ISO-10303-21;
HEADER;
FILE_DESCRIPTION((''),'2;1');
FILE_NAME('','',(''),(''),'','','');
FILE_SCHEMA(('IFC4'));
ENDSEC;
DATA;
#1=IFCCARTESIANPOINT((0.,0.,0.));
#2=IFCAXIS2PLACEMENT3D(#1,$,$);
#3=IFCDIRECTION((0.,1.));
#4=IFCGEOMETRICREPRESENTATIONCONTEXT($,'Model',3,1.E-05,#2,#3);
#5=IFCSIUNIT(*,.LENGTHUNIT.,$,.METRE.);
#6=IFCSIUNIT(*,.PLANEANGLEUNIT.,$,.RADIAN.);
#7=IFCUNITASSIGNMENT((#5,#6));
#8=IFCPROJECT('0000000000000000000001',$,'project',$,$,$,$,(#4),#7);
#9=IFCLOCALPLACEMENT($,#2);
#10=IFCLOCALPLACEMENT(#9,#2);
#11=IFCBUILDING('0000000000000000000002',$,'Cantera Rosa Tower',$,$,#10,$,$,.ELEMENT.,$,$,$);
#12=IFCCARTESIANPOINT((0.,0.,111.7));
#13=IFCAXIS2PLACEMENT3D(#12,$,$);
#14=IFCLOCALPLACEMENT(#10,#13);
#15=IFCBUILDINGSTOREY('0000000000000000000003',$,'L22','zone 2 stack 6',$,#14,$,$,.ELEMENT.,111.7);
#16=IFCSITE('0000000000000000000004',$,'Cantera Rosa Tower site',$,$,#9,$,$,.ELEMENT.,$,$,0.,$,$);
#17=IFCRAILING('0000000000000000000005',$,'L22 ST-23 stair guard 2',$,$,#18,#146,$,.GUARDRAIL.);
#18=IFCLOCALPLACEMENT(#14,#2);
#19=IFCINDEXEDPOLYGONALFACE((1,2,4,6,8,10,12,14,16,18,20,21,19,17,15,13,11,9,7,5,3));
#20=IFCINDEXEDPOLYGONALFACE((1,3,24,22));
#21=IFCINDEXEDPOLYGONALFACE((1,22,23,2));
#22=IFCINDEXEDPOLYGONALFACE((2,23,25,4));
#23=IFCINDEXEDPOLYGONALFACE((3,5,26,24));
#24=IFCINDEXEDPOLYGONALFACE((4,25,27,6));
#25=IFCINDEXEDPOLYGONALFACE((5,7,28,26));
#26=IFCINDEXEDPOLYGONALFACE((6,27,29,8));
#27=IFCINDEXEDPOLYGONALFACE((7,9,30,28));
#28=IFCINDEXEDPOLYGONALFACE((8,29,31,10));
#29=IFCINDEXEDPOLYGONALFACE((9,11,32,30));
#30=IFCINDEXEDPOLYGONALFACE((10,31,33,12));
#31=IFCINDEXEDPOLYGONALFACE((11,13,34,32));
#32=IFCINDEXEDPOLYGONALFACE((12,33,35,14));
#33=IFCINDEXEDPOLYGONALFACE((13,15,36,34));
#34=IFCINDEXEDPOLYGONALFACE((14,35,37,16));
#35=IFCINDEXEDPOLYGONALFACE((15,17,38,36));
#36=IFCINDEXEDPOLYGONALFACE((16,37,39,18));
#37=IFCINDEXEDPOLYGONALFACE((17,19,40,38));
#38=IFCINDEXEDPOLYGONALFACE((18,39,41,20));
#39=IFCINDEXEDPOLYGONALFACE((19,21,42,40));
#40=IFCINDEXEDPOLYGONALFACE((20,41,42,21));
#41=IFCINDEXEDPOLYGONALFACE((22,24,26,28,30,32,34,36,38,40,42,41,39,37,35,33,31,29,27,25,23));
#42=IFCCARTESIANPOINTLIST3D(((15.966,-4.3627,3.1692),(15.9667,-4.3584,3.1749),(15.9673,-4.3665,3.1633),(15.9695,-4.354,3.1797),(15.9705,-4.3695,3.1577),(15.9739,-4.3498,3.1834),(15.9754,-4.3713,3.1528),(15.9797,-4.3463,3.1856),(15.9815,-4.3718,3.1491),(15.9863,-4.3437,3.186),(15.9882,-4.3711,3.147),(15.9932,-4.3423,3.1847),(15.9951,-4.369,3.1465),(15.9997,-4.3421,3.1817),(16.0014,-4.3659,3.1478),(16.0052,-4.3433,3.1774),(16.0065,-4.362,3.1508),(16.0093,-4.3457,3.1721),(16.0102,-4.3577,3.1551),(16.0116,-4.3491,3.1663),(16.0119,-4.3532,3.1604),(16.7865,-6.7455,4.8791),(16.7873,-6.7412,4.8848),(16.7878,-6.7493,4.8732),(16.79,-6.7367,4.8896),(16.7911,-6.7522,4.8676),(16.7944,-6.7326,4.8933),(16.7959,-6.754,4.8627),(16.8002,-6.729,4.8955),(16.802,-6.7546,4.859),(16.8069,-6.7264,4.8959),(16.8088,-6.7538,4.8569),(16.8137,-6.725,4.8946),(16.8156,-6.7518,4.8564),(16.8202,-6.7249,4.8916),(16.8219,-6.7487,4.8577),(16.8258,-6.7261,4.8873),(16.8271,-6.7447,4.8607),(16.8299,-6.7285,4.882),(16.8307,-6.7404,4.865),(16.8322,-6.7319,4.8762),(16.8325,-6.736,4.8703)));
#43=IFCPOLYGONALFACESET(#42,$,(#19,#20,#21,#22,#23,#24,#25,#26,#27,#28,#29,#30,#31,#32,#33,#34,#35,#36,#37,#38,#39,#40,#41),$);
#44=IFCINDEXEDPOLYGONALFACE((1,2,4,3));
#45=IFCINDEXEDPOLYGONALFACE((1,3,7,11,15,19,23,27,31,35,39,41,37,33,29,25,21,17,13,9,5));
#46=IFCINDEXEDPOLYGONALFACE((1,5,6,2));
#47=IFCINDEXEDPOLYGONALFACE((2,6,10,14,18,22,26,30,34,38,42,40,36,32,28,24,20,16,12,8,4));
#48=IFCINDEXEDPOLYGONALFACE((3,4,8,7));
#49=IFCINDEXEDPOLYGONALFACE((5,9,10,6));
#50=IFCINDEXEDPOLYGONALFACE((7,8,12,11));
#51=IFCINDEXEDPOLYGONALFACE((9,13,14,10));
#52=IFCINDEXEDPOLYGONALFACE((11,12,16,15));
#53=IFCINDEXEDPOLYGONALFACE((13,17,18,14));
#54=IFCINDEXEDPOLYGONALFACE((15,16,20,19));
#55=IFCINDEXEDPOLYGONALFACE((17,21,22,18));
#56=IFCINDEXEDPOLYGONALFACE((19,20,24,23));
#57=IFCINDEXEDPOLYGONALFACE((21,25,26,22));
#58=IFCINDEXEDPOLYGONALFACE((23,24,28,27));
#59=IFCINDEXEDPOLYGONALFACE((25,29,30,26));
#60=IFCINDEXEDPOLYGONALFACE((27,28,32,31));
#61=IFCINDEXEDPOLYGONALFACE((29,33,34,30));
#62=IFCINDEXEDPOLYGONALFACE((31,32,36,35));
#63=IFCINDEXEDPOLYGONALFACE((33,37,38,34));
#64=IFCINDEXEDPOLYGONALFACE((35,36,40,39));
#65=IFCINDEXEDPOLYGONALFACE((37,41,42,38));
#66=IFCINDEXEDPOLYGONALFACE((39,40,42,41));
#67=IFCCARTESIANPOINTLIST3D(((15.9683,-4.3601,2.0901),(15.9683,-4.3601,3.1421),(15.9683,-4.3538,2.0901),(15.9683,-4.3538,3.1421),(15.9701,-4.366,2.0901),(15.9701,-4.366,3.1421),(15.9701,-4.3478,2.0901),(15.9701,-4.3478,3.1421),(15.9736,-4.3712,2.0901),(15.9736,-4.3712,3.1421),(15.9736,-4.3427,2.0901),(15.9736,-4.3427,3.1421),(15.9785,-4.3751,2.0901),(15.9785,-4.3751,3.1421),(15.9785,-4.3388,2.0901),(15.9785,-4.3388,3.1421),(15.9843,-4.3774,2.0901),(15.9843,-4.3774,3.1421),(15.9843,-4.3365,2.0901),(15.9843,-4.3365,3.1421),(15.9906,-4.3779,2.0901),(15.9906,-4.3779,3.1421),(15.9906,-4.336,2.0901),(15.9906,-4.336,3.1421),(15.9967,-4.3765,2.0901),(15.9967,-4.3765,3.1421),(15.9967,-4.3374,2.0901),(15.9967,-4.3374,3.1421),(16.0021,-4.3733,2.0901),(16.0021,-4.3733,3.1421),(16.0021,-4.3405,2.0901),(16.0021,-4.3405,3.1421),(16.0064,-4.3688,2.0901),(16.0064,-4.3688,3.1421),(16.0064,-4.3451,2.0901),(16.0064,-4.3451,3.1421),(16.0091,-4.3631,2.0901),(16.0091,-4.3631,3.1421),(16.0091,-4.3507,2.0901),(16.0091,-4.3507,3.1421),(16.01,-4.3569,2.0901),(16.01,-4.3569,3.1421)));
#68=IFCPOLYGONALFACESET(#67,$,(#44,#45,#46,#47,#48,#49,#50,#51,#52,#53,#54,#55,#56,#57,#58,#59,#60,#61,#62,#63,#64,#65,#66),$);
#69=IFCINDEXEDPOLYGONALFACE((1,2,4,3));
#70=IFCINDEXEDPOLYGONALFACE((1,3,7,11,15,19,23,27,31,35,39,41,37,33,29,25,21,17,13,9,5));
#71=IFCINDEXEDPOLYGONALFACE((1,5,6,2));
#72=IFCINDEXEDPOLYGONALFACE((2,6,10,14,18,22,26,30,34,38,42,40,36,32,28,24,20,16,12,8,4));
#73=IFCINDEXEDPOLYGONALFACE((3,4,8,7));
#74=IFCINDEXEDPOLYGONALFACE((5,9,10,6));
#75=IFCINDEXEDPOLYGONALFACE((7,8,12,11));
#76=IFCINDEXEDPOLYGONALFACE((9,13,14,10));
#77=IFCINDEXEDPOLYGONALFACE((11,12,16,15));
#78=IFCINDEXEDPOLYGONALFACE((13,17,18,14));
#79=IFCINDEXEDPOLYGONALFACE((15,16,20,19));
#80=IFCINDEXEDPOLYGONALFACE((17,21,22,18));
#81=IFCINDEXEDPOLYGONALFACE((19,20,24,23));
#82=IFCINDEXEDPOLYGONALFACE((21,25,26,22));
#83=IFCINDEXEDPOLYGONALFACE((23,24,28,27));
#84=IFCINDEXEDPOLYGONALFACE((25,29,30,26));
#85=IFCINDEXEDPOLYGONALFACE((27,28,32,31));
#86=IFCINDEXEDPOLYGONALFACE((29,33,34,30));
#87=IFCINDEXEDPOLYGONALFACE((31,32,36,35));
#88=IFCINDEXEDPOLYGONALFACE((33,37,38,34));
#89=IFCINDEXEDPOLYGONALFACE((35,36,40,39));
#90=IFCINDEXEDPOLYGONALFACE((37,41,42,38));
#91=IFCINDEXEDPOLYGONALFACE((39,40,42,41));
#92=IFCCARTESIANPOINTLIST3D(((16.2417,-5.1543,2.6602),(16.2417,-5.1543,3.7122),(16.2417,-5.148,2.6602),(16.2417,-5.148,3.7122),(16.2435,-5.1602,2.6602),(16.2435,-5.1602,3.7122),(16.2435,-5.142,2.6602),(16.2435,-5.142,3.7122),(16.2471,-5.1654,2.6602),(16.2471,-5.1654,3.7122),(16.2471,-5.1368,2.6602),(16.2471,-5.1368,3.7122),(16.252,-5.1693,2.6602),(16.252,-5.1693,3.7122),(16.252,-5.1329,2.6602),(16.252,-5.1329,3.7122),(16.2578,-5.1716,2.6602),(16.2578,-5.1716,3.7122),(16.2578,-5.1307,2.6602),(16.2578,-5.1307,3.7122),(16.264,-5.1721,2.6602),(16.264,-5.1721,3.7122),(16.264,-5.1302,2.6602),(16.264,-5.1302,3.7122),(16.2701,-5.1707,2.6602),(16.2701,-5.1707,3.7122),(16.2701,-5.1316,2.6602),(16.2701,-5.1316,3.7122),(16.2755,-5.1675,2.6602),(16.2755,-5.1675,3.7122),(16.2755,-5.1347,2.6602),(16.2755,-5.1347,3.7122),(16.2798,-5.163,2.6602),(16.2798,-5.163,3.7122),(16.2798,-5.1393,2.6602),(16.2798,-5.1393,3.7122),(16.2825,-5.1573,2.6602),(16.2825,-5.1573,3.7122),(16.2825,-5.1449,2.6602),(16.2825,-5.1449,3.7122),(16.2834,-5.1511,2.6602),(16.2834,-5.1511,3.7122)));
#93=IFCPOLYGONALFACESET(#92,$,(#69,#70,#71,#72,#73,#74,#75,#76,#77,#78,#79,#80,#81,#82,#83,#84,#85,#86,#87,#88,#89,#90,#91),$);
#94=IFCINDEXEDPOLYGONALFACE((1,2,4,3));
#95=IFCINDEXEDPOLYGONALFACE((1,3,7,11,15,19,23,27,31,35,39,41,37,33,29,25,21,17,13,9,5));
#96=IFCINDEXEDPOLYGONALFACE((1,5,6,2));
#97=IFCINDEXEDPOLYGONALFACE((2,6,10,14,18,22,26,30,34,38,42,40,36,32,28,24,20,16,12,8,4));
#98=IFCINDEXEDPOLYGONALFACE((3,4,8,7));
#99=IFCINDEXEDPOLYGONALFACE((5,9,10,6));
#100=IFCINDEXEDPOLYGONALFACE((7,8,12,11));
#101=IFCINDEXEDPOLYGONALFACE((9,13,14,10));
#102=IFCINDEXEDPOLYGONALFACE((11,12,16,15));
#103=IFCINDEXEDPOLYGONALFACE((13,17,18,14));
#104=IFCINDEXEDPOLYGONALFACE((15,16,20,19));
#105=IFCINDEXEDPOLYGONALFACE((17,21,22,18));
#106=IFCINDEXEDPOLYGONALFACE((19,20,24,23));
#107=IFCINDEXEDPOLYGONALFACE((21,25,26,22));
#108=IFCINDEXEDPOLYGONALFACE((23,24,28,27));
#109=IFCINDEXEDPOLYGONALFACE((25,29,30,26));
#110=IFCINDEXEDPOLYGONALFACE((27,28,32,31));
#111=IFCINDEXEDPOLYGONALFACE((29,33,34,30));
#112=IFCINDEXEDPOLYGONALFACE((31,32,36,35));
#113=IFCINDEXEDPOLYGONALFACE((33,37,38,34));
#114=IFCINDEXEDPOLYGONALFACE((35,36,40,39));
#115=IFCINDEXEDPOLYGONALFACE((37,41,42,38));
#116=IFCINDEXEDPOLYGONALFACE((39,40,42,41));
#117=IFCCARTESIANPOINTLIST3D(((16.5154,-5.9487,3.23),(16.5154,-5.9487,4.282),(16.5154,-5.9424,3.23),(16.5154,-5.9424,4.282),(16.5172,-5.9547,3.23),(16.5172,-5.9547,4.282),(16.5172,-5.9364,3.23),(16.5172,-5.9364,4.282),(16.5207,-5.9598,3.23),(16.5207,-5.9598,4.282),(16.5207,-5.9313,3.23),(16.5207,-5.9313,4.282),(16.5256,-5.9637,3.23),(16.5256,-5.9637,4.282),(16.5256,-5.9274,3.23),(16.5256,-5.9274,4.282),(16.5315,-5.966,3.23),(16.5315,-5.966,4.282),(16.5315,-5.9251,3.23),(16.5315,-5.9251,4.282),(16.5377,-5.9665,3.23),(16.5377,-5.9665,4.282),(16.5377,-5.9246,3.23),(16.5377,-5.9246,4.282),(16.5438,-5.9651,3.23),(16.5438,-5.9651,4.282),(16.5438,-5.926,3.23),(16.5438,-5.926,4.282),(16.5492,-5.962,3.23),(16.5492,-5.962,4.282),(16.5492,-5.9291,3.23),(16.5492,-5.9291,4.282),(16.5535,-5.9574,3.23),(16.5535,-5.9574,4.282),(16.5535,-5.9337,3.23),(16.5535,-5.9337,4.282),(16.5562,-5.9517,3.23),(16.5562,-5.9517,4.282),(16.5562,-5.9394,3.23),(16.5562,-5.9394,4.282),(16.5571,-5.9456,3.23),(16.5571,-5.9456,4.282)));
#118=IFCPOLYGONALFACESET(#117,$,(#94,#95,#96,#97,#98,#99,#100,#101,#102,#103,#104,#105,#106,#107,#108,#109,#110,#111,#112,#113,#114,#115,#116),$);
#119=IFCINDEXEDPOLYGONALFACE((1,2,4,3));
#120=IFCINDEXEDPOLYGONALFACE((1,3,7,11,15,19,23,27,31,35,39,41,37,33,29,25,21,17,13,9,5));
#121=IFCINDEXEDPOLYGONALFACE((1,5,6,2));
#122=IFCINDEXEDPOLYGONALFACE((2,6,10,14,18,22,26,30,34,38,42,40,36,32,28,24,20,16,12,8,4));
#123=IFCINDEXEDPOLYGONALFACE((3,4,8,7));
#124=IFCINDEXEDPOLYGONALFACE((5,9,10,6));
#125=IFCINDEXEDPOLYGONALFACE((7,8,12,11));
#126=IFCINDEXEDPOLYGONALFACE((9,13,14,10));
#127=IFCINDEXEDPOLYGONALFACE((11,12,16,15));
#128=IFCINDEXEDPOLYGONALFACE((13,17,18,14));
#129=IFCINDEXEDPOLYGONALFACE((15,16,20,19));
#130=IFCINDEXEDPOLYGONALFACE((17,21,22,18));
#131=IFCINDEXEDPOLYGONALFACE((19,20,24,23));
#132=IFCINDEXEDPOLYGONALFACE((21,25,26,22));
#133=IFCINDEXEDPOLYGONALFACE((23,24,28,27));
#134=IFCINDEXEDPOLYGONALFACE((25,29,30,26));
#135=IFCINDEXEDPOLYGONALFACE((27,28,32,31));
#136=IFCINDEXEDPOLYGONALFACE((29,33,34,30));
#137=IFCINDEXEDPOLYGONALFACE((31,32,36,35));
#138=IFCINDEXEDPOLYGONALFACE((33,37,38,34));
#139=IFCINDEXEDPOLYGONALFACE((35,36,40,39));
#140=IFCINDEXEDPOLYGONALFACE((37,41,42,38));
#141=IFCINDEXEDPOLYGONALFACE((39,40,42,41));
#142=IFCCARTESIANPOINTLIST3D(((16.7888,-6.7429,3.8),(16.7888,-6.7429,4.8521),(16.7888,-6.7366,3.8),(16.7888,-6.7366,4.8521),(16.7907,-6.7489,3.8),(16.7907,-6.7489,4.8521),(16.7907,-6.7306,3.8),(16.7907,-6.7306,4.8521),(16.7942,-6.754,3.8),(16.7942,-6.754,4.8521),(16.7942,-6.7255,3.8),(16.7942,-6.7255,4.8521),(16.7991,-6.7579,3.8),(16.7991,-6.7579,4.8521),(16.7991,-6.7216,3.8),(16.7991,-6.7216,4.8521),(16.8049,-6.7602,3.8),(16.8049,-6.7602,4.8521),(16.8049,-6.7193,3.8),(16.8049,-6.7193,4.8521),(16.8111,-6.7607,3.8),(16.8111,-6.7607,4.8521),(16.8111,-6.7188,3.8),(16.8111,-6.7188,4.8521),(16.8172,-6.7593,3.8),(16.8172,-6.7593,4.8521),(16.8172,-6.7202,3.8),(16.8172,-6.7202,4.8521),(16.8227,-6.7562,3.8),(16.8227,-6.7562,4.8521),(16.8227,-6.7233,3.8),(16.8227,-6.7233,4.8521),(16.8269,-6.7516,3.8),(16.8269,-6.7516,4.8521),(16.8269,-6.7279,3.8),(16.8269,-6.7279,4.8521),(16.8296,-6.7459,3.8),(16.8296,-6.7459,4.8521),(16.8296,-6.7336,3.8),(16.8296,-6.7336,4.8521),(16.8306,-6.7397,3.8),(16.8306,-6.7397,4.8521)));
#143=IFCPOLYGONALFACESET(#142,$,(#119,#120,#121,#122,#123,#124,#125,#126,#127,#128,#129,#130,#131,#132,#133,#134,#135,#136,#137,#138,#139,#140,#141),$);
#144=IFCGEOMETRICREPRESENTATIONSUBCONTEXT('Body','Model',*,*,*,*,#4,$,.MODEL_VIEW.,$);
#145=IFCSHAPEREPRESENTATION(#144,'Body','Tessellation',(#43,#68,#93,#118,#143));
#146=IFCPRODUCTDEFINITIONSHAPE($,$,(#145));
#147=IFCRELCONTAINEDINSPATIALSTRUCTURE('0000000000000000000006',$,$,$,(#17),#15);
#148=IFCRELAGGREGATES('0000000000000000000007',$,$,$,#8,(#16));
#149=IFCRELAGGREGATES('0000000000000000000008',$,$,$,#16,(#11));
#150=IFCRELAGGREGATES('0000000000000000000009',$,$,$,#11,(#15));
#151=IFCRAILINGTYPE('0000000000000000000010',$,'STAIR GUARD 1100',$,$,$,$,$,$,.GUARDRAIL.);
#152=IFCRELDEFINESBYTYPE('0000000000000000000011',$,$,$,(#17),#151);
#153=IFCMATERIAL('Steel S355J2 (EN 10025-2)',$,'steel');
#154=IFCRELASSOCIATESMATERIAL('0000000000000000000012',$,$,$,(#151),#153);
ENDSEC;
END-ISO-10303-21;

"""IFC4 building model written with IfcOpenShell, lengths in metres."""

from ifc_helpers import new_model, si_unit, direction, frame, origin, origin_2d, place, context, subcontext, project, spatial, circle, extrude, material, type_object, element, save


model = new_model("IFC4")

# Units and contexts
model_context = context("Model", 3, precision=1e-05, world=origin(), true_north=direction((0.0, 1.0)))
body_context = subcontext(model_context, "Body", "Model", "MODEL_VIEW")
ifc_project = project(units=[si_unit("LENGTHUNIT", "METRE"), si_unit("PLANEANGLEUNIT", "RADIAN")], contexts=[model_context])

# Site, building, storey
site_placement = place(None, origin())
site = spatial("IfcSite", under=ifc_project, at=site_placement, Name="Cantera Rosa Tower site", CompositionType="ELEMENT", RefElevation=0.0)
building_placement = place(site_placement, origin())
building = spatial("IfcBuilding", under=site, at=building_placement, Name="Cantera Rosa Tower", CompositionType="ELEMENT")
storey_placement = place(building_placement, frame((0.0, 0.0, 111.7)))
storey = spatial("IfcBuildingStorey", under=building, at=storey_placement, Name="L22", Description="zone 2 stack 6", CompositionType="ELEMENT", Elevation=111.7)

# Railing
ifc_material_1 = material(Name="Steel S355J2 (EN 10025-2)", Category="steel")
railing_type_1 = type_object("IfcRailingType", Name="STAIR GUARD 1100", PredefinedType="GUARDRAIL", material=ifc_material_1)
railing_1_placement = place(storey_placement, frame((15.989, -4.3569, 2.0901)))
element("IfcRailing", 1, at=railing_1_placement, inside=storey, type_object=railing_type_1, Name="L22 ST-23 stair guard 2", PredefinedType="GUARDRAIL", context=body_context, shape_type="SweptSolid", body=[
    extrude(circle(Radius=0.0239, at=origin_2d()), frame((0.0, 0.0, 1.0762), z_axis=(0.269432, -0.782404, 0.561471), x_axis=(0.945508, 0.3256, 0.0)), (0.0, 0.0, 1.0), 3.0454),
    extrude(circle(Radius=0.021, at=origin_2d()), origin(), (0.0, 0.0, 1.0), 1.052),
    extrude(circle(Radius=0.021, at=origin_2d()), frame((0.2734, -0.7942, 0.5701)), (0.0, 0.0, 1.0), 1.052),
    extrude(circle(Radius=0.021, at=origin_2d()), frame((0.5471, -1.5886, 1.1399)), (0.0, 0.0, 1.0), 1.052),
    extrude(circle(Radius=0.021, at=origin_2d()), frame((0.8206, -2.3828, 1.71)), (0.0, 0.0, 1.0), 1.052),
])

save(model, "model.ifc")
